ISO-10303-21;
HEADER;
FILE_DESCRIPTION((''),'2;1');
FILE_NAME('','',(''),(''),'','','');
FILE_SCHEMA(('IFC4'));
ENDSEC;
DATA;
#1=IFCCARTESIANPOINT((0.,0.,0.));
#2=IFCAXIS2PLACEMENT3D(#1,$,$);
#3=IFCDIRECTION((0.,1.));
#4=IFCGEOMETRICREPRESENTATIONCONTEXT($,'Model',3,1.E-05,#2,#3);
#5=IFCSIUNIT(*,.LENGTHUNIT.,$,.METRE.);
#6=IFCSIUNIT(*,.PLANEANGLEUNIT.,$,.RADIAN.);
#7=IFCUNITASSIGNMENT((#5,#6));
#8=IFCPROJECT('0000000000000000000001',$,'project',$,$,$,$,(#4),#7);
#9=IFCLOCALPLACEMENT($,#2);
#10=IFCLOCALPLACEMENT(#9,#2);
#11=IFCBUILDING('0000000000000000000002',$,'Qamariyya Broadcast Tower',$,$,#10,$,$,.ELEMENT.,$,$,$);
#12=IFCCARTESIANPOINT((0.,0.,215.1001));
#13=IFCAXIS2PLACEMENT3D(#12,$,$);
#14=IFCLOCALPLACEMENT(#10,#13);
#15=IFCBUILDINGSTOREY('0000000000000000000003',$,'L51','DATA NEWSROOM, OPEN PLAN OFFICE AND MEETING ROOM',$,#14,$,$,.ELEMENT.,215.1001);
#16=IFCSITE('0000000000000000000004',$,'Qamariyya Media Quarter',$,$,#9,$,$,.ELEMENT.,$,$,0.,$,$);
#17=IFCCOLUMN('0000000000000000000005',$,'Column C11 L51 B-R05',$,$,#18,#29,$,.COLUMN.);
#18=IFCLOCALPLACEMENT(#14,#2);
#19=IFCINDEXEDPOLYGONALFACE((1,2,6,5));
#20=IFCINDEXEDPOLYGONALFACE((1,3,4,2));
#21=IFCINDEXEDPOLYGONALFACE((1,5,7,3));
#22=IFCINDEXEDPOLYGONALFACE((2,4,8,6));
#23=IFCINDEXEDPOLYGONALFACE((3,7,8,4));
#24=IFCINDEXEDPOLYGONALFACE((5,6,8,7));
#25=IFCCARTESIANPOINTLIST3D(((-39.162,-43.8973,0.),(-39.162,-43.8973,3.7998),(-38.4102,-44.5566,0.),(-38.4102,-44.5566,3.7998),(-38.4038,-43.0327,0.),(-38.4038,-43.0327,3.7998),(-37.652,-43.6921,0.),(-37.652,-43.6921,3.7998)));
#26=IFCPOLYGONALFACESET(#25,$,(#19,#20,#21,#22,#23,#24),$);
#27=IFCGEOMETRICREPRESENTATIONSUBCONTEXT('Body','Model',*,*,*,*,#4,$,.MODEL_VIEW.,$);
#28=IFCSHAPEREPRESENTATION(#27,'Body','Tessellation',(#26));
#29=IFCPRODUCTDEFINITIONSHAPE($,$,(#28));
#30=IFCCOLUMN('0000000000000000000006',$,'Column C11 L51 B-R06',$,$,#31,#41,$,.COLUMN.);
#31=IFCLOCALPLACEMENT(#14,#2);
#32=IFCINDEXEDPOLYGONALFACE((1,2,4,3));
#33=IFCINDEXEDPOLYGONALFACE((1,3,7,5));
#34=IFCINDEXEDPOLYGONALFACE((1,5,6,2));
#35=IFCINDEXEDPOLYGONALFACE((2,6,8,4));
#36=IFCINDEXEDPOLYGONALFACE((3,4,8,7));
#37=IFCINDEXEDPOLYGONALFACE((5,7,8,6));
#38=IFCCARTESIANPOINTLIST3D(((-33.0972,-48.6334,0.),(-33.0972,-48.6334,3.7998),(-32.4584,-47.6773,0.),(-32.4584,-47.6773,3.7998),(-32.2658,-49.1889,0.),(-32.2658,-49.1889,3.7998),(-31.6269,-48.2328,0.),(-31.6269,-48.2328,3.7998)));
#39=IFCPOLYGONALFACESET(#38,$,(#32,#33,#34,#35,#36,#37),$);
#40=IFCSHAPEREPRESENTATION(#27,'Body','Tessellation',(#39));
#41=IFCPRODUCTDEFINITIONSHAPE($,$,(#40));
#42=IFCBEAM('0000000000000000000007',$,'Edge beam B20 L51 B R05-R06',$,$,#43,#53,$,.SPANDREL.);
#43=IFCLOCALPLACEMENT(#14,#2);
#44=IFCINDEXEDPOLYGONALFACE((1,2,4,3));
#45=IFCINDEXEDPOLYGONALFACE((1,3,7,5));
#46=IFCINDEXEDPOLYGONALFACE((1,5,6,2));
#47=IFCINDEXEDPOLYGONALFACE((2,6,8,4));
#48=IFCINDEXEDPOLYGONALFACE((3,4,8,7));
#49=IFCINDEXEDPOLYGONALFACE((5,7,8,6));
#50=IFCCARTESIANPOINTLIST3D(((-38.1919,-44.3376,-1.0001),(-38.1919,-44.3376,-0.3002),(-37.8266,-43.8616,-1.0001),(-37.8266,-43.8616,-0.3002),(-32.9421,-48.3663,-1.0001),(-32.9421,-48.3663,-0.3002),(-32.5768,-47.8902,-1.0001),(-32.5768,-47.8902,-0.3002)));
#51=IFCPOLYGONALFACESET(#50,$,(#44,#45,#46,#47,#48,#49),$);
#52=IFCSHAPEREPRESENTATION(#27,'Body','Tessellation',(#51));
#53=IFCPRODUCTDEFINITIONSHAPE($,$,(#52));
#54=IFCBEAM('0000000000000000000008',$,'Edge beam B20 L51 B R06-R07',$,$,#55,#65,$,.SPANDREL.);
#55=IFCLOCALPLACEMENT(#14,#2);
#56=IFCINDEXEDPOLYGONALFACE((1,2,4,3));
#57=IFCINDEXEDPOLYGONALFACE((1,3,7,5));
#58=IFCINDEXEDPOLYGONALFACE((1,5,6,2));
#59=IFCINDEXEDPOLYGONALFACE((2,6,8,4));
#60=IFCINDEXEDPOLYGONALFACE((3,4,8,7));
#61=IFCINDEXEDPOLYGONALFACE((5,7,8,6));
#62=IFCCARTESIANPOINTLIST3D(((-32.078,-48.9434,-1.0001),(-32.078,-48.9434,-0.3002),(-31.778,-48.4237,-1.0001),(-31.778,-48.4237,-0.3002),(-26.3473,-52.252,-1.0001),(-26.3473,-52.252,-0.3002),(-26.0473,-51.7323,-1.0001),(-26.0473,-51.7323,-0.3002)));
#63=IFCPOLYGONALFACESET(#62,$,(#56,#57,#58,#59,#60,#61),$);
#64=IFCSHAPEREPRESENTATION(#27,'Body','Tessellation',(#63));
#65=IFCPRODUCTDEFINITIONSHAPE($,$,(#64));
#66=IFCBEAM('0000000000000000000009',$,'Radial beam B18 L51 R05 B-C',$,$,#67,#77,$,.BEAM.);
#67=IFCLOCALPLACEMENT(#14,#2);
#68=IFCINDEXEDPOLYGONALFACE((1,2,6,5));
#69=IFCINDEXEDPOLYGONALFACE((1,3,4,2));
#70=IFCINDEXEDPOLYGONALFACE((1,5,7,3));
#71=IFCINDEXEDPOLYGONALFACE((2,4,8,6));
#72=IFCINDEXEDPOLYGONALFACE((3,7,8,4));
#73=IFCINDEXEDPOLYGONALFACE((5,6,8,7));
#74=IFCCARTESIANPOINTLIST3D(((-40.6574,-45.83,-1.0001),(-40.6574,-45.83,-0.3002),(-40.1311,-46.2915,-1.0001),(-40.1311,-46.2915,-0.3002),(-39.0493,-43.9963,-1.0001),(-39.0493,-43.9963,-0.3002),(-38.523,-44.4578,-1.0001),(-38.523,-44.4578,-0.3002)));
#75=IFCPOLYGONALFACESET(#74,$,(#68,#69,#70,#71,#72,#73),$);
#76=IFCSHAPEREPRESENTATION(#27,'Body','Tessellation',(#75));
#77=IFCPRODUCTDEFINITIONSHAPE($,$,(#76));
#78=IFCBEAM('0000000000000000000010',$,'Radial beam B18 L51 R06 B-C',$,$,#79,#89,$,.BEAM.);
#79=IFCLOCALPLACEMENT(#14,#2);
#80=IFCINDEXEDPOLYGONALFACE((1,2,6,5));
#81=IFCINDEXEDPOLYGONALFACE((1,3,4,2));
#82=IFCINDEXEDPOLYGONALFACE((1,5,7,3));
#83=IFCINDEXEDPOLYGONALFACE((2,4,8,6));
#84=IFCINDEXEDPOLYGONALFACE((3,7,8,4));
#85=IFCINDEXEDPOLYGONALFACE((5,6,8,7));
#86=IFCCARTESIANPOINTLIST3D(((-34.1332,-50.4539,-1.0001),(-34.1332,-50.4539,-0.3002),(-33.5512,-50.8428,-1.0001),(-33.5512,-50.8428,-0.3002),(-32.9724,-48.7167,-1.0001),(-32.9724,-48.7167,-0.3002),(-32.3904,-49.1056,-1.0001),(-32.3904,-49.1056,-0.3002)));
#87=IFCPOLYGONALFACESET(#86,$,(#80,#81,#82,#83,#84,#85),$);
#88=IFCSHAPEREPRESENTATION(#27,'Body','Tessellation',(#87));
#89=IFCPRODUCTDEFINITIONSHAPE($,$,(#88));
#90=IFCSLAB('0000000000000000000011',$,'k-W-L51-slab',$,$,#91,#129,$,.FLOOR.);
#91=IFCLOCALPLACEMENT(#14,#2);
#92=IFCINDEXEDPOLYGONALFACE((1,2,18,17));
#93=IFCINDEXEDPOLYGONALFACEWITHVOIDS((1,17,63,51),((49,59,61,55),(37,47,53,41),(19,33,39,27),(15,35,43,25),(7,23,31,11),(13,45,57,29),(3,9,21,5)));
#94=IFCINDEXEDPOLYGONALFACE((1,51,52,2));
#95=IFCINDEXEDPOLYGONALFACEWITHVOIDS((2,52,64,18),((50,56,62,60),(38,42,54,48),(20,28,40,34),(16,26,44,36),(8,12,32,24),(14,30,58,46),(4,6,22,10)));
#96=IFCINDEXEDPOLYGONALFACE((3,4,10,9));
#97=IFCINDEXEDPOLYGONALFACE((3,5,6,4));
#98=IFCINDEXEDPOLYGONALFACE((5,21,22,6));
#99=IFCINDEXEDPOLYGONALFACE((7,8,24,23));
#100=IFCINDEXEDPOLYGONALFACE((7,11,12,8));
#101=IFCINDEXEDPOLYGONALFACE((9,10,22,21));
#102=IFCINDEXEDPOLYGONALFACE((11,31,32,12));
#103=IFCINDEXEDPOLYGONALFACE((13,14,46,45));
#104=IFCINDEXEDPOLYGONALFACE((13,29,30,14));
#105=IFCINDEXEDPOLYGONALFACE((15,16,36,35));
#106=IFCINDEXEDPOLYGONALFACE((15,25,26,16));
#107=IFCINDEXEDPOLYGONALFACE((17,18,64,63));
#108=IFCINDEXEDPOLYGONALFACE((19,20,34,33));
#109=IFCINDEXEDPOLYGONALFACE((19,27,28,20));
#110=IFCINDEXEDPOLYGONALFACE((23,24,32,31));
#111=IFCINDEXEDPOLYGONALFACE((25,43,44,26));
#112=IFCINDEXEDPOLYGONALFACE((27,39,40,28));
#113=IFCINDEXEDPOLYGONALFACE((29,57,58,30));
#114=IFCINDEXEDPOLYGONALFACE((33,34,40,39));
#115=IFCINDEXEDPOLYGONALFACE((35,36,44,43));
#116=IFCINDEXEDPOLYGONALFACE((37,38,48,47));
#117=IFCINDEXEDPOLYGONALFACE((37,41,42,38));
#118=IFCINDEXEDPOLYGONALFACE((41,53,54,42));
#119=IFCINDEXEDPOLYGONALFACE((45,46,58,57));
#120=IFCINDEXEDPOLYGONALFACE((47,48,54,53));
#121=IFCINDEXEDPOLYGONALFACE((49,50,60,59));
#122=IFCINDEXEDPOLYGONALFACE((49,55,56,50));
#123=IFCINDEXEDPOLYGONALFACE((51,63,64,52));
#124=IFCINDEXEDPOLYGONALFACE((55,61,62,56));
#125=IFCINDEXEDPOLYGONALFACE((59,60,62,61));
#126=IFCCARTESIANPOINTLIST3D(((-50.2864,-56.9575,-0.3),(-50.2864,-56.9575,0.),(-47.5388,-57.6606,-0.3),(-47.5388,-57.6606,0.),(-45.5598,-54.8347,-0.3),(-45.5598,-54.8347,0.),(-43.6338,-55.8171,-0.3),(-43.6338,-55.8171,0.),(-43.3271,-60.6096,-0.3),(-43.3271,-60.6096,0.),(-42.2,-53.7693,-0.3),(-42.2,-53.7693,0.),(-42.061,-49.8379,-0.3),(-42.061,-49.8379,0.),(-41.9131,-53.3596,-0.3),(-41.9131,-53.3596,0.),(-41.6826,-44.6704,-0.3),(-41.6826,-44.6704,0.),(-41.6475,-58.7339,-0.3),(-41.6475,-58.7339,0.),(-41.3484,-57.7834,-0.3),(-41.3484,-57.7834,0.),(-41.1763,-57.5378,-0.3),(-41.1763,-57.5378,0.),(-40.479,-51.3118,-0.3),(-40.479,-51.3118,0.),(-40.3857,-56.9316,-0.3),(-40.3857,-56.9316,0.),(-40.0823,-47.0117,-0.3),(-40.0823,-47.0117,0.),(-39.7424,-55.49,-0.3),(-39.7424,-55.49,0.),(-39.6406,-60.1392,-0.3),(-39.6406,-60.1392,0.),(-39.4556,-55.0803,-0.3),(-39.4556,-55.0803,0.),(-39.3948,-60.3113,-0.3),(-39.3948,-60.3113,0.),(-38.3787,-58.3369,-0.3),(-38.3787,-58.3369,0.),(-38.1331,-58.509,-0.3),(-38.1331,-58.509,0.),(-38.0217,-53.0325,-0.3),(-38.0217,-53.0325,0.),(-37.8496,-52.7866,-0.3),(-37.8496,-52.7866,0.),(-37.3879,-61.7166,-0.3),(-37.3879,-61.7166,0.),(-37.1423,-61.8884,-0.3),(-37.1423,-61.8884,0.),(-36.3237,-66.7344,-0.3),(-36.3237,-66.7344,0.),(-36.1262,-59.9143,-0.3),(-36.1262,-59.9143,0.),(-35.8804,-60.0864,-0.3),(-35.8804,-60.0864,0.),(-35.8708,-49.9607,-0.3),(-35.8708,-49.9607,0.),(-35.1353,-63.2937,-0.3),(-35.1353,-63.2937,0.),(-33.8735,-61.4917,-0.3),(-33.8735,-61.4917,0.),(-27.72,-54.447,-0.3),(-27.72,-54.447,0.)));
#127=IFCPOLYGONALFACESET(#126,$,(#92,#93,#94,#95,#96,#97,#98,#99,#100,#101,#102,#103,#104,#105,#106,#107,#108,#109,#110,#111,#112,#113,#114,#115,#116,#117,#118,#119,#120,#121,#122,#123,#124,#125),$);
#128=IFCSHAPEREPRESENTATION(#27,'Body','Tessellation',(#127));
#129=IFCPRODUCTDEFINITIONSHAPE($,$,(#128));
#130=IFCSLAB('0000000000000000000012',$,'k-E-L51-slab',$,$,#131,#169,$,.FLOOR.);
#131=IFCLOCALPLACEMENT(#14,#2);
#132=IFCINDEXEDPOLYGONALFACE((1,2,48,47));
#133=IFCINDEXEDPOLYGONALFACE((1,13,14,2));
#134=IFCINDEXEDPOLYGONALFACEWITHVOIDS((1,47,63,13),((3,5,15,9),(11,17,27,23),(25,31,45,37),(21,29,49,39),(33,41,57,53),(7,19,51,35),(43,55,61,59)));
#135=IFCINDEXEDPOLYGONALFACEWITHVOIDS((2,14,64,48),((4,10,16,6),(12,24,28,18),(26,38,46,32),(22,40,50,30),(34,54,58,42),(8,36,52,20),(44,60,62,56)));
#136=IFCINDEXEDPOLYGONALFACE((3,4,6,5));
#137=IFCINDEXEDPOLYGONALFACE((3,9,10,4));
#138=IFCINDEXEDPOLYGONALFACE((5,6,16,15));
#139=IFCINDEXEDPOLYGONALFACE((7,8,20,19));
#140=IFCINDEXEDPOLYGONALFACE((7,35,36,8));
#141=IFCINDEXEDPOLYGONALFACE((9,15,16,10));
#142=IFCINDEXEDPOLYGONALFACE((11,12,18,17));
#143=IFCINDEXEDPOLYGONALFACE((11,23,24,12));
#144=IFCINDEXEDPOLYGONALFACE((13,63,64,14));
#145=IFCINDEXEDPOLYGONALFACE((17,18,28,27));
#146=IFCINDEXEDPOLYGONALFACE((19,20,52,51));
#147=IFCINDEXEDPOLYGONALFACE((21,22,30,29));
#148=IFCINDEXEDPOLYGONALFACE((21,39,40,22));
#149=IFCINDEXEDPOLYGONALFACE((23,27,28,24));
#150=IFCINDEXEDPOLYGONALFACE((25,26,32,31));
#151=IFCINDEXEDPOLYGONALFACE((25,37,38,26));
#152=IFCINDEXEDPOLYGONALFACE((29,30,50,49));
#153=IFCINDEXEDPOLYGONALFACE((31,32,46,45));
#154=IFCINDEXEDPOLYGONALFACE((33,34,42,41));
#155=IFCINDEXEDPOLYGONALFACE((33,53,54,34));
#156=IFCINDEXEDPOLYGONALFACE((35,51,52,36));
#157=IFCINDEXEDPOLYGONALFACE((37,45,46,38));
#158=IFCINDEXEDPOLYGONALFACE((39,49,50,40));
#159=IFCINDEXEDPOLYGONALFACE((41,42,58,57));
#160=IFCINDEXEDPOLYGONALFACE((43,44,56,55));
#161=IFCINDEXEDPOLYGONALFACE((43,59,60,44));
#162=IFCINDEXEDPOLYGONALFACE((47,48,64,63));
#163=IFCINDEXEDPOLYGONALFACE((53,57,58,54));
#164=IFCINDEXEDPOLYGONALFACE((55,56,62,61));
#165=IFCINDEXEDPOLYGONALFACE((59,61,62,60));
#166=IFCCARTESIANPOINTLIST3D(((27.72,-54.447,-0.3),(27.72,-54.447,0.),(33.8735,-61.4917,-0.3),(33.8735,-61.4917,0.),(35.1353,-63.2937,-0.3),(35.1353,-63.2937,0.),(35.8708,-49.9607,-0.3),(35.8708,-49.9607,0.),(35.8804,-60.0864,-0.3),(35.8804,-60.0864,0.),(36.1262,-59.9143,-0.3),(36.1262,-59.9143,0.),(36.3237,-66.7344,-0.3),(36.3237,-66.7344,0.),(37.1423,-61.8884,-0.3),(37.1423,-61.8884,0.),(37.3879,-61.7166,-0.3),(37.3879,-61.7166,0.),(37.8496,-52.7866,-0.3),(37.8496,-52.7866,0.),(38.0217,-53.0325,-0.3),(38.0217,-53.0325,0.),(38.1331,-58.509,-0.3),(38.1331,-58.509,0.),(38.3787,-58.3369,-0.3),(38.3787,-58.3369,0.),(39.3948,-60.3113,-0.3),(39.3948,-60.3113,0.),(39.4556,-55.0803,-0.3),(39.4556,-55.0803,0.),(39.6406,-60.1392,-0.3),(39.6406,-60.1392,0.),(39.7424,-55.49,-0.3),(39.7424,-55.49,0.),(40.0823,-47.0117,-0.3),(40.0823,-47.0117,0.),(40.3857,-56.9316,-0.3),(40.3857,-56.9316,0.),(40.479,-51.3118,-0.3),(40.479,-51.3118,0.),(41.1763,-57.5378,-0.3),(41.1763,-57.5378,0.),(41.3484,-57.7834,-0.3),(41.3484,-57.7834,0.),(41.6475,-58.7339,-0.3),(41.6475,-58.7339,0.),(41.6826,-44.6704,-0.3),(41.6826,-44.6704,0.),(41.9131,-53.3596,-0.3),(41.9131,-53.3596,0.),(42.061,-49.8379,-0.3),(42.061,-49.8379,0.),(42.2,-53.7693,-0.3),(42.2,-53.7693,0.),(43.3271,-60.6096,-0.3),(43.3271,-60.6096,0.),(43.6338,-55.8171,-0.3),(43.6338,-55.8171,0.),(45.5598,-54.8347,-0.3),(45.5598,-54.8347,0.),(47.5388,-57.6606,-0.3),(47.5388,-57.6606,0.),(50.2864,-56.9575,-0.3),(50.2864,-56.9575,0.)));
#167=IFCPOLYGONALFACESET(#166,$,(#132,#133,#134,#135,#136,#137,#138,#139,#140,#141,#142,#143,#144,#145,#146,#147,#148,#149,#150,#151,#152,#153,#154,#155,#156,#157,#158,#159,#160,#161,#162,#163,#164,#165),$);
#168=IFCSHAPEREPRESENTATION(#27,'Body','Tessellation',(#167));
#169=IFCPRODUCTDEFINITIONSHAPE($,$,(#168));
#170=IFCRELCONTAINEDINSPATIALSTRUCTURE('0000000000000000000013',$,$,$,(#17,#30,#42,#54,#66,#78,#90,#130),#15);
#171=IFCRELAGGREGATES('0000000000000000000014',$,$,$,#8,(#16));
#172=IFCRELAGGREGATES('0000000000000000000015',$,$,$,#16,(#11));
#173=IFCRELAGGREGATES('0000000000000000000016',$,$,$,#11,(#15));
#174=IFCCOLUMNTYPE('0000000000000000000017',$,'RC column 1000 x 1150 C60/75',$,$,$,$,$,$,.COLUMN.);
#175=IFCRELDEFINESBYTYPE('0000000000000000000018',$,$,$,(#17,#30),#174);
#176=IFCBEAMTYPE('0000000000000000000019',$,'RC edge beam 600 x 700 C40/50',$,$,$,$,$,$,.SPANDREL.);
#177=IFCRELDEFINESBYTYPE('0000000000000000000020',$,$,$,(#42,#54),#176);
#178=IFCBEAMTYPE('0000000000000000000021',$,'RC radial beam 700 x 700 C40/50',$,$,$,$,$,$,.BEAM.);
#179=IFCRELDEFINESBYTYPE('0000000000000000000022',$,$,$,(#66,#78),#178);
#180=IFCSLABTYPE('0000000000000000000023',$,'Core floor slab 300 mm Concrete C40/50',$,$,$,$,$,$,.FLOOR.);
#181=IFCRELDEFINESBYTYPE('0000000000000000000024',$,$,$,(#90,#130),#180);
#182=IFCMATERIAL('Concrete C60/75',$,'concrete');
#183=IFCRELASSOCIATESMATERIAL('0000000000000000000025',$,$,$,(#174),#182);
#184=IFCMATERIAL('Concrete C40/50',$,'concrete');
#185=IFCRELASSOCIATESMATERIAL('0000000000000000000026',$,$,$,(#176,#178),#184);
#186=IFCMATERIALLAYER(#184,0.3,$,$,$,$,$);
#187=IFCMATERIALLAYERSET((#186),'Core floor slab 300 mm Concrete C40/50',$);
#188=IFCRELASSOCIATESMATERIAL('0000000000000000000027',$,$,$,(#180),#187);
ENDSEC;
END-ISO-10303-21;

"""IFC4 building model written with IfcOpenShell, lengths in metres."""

from ifc_helpers import new_model, si_unit, direction, frame, origin, origin_2d, place, context, subcontext, project, spatial, polyline, rectangle, outline, extrude, material, layer, layer_set, material_profile, profile_set, type_object, element, save


model = new_model("IFC4")

# Units and contexts
model_context = context("Model", 3, precision=1e-05, world=origin(), true_north=direction((0.0, 1.0)))
body_context = subcontext(model_context, "Body", "Model", "MODEL_VIEW")
ifc_project = project(units=[si_unit("LENGTHUNIT", "METRE"), si_unit("PLANEANGLEUNIT", "RADIAN")], contexts=[model_context])

# Site, building, storey
site_placement = place(None, origin())
site = spatial("IfcSite", under=ifc_project, at=site_placement, Name="Qamariyya Media Quarter", CompositionType="ELEMENT", RefElevation=0.0)
building_placement = place(site_placement, origin())
building = spatial("IfcBuilding", under=site, at=building_placement, Name="Qamariyya Broadcast Tower", CompositionType="ELEMENT")
storey_placement = place(building_placement, frame((0.0, 0.0, 215.1001)))
storey = spatial("IfcBuildingStorey", under=building, at=storey_placement, Name="L51", Description="DATA NEWSROOM, OPEN PLAN OFFICE AND MEETING ROOM", CompositionType="ELEMENT", Elevation=215.1001)

# Columns
ifc_material_1 = material(Name="Concrete C60/75", Category="concrete")
ifc_material_profile_1 = material_profile(ifc_material_1, rectangle(XDim=1.0, YDim=1.1499, at=origin_2d()))
ifc_profile_set_1 = profile_set([ifc_material_profile_1], Name="Concrete C60/75")
column_type = type_object("IfcColumnType", Name="RC column 1000 x 1150 C60/75", PredefinedType="COLUMN", material=ifc_profile_set_1)
for number, where, z_axis, x_axis, name in (
    (1, (-38.407, -43.7947, 0.0), (0.0, 0.0, 1.0), (0.75184, -0.659346, 0.0), "Column C11 L51 B-R05"),
    (2, (-32.3621, -48.4331, 0.0), (0.0, 0.0, 1.0), (0.83147, -0.55557, 0.0), "Column C11 L51 B-R06"),
):
    element("IfcColumn", number, at=place(storey_placement, frame(where, z_axis=z_axis, x_axis=x_axis)), inside=storey, type_object=column_type, Name=name, PredefinedType="COLUMN", context=body_context, shape_type="SweptSolid", body=[
        extrude(rectangle(XDim=1.0, YDim=1.1499, at=origin_2d()), origin(), (0.0, 0.0, 1.0), 3.7998),
    ])

# Beams
ifc_material_2 = material(Name="Concrete C40/50", Category="concrete")
ifc_material_profile_2 = material_profile(ifc_material_2, rectangle(XDim=0.6001, YDim=0.7, at=origin_2d()))
ifc_profile_set_2 = profile_set([ifc_material_profile_2], Name="Concrete C40/50")
beam_type_1 = type_object("IfcBeamType", Name="RC edge beam 600 x 700 C40/50", PredefinedType="SPANDREL", material=ifc_profile_set_2)
beam_1_placement = place(storey_placement, frame((-38.0093, -44.0996, -0.6501), z_axis=(0.793333, -0.608789, 0.0), x_axis=(0.608789, 0.793333, 0.0)))
element("IfcBeam", 3, at=beam_1_placement, inside=storey, type_object=beam_type_1, Name="Edge beam B20 L51 B R05-R06", PredefinedType="SPANDREL", context=body_context, shape_type="SweptSolid", body=[
    extrude(rectangle(XDim=0.6001, YDim=0.7, at=origin_2d()), origin(), (0.0, 0.0, 1.0), 6.6174),
])
beam_2_placement = place(storey_placement, frame((-31.928, -48.6836, -0.6501), z_axis=(0.866028, -0.499996, 0.0), x_axis=(0.499996, 0.866028, 0.0)))
element("IfcBeam", 4, at=beam_2_placement, inside=storey, type_object=beam_type_1, Name="Edge beam B20 L51 B R06-R07", PredefinedType="SPANDREL", context=body_context, shape_type="SweptSolid", body=[
    extrude(rectangle(XDim=0.6001, YDim=0.7, at=origin_2d()), origin(), (0.0, 0.0, 1.0), 6.6172),
])
ifc_material_profile_3 = material_profile(ifc_material_2, rectangle(XDim=0.7, YDim=0.7, at=origin_2d()))
ifc_profile_set_3 = profile_set([ifc_material_profile_3], Name="Concrete C40/50")
beam_type_2 = type_object("IfcBeamType", Name="RC radial beam 700 x 700 C40/50", PredefinedType="BEAM", material=ifc_profile_set_3)
beam_3_placement = place(storey_placement, frame((-38.7861, -44.2271, -0.6501), z_axis=(-0.659348, -0.751838, 0.0), x_axis=(0.751838, -0.659348, 0.0)))
element("IfcBeam", 5, at=beam_3_placement, inside=storey, type_object=beam_type_2, Name="Radial beam B18 L51 R05 B-C", PredefinedType="BEAM", context=body_context, shape_type="SweptSolid", body=[
    extrude(rectangle(XDim=0.7, YDim=0.7, at=origin_2d()), origin(), (0.0, 0.0, 1.0), 2.439),
])
beam_4_placement = place(storey_placement, frame((-32.6814, -48.9111, -0.6501), z_axis=(-0.55559, -0.831457, 0.0), x_axis=(0.831457, -0.55559, 0.0)))
element("IfcBeam", 6, at=beam_4_placement, inside=storey, type_object=beam_type_2, Name="Radial beam B18 L51 R06 B-C", PredefinedType="BEAM", context=body_context, shape_type="SweptSolid", body=[
    extrude(rectangle(XDim=0.7, YDim=0.7, at=origin_2d()), origin(), (0.0, 0.0, 1.0), 2.0894),
])

# Slabs
ifc_layer_1 = layer(ifc_material_2, 0.3)
ifc_layer_set_1 = layer_set([ifc_layer_1], Name="Core floor slab 300 mm Concrete C40/50")
slab_type_1 = type_object("IfcSlabType", Name="Core floor slab 300 mm Concrete C40/50", PredefinedType="FLOOR", material=ifc_layer_set_1)
slab_1_placement = place(storey_placement, frame((0.0, 0.0, -0.3)))
element("IfcSlab", 7, at=slab_1_placement, inside=storey, type_object=slab_type_1, Name="k-W-L51-slab", PredefinedType="FLOOR", context=body_context, shape_type="SweptSolid", body=[
    extrude(outline(polyline([(-50.2864, -56.9575), (-36.3237, -66.7344), (-27.72, -54.447), (-41.6826, -44.6704), (-50.2864, -56.9575)]), holes=[polyline([(-33.8735, -61.4917), (-35.8804, -60.0864), (-37.1423, -61.8884), (-35.1353, -63.2937), (-33.8735, -61.4917)]), polyline([(-36.1262, -59.9143), (-38.1331, -58.509), (-39.3948, -60.3113), (-37.3879, -61.7166), (-36.1262, -59.9143)]), polyline([(-38.3787, -58.3369), (-40.3857, -56.9316), (-41.6475, -58.7339), (-39.6406, -60.1392), (-38.3787, -58.3369)]), polyline([(-39.7424, -55.49), (-42.2, -53.7693), (-43.6338, -55.8171), (-41.1763, -57.5378), (-39.7424, -55.49)]), polyline([(-39.4556, -55.0803), (-41.9131, -53.3596), (-40.479, -51.3118), (-38.0217, -53.0325), (-39.4556, -55.0803)]), polyline([(-42.061, -49.8379), (-37.8496, -52.7866), (-35.8708, -49.9607), (-40.0823, -47.0117), (-42.061, -49.8379)]), polyline([(-47.5388, -57.6606), (-43.3271, -60.6096), (-41.3484, -57.7834), (-45.5598, -54.8347), (-47.5388, -57.6606)])]), origin(), (0.0, 0.0, 1.0), 0.3),
])
slab_2_placement = place(storey_placement, frame((0.0, 0.0, -0.3)))
element("IfcSlab", 8, at=slab_2_placement, inside=storey, type_object=slab_type_1, Name="k-E-L51-slab", PredefinedType="FLOOR", context=body_context, shape_type="SweptSolid", body=[
    extrude(outline(polyline([(36.3237, -66.7344), (50.2864, -56.9575), (41.6826, -44.6704), (27.72, -54.447), (36.3237, -66.7344)]), holes=[polyline([(33.8735, -61.4917), (35.8804, -60.0864), (37.1423, -61.8884), (35.1353, -63.2937), (33.8735, -61.4917)]), polyline([(36.1262, -59.9143), (38.1331, -58.509), (39.3948, -60.3113), (37.3879, -61.7166), (36.1262, -59.9143)]), polyline([(38.3787, -58.3369), (40.3857, -56.9316), (41.6475, -58.7339), (39.6406, -60.1392), (38.3787, -58.3369)]), polyline([(39.7424, -55.49), (42.2, -53.7693), (43.6338, -55.8171), (41.1763, -57.5378), (39.7424, -55.49)]), polyline([(39.4556, -55.0803), (41.9131, -53.3596), (40.479, -51.3118), (38.0217, -53.0325), (39.4556, -55.0803)]), polyline([(40.0823, -47.0117), (35.8708, -49.9607), (37.8496, -52.7866), (42.061, -49.8379), (40.0823, -47.0117)]), polyline([(45.5598, -54.8347), (41.3484, -57.7834), (43.3271, -60.6096), (47.5388, -57.6606), (45.5598, -54.8347)])]), origin(), (0.0, 0.0, 1.0), 0.3),
])

save(model, "model.ifc")
